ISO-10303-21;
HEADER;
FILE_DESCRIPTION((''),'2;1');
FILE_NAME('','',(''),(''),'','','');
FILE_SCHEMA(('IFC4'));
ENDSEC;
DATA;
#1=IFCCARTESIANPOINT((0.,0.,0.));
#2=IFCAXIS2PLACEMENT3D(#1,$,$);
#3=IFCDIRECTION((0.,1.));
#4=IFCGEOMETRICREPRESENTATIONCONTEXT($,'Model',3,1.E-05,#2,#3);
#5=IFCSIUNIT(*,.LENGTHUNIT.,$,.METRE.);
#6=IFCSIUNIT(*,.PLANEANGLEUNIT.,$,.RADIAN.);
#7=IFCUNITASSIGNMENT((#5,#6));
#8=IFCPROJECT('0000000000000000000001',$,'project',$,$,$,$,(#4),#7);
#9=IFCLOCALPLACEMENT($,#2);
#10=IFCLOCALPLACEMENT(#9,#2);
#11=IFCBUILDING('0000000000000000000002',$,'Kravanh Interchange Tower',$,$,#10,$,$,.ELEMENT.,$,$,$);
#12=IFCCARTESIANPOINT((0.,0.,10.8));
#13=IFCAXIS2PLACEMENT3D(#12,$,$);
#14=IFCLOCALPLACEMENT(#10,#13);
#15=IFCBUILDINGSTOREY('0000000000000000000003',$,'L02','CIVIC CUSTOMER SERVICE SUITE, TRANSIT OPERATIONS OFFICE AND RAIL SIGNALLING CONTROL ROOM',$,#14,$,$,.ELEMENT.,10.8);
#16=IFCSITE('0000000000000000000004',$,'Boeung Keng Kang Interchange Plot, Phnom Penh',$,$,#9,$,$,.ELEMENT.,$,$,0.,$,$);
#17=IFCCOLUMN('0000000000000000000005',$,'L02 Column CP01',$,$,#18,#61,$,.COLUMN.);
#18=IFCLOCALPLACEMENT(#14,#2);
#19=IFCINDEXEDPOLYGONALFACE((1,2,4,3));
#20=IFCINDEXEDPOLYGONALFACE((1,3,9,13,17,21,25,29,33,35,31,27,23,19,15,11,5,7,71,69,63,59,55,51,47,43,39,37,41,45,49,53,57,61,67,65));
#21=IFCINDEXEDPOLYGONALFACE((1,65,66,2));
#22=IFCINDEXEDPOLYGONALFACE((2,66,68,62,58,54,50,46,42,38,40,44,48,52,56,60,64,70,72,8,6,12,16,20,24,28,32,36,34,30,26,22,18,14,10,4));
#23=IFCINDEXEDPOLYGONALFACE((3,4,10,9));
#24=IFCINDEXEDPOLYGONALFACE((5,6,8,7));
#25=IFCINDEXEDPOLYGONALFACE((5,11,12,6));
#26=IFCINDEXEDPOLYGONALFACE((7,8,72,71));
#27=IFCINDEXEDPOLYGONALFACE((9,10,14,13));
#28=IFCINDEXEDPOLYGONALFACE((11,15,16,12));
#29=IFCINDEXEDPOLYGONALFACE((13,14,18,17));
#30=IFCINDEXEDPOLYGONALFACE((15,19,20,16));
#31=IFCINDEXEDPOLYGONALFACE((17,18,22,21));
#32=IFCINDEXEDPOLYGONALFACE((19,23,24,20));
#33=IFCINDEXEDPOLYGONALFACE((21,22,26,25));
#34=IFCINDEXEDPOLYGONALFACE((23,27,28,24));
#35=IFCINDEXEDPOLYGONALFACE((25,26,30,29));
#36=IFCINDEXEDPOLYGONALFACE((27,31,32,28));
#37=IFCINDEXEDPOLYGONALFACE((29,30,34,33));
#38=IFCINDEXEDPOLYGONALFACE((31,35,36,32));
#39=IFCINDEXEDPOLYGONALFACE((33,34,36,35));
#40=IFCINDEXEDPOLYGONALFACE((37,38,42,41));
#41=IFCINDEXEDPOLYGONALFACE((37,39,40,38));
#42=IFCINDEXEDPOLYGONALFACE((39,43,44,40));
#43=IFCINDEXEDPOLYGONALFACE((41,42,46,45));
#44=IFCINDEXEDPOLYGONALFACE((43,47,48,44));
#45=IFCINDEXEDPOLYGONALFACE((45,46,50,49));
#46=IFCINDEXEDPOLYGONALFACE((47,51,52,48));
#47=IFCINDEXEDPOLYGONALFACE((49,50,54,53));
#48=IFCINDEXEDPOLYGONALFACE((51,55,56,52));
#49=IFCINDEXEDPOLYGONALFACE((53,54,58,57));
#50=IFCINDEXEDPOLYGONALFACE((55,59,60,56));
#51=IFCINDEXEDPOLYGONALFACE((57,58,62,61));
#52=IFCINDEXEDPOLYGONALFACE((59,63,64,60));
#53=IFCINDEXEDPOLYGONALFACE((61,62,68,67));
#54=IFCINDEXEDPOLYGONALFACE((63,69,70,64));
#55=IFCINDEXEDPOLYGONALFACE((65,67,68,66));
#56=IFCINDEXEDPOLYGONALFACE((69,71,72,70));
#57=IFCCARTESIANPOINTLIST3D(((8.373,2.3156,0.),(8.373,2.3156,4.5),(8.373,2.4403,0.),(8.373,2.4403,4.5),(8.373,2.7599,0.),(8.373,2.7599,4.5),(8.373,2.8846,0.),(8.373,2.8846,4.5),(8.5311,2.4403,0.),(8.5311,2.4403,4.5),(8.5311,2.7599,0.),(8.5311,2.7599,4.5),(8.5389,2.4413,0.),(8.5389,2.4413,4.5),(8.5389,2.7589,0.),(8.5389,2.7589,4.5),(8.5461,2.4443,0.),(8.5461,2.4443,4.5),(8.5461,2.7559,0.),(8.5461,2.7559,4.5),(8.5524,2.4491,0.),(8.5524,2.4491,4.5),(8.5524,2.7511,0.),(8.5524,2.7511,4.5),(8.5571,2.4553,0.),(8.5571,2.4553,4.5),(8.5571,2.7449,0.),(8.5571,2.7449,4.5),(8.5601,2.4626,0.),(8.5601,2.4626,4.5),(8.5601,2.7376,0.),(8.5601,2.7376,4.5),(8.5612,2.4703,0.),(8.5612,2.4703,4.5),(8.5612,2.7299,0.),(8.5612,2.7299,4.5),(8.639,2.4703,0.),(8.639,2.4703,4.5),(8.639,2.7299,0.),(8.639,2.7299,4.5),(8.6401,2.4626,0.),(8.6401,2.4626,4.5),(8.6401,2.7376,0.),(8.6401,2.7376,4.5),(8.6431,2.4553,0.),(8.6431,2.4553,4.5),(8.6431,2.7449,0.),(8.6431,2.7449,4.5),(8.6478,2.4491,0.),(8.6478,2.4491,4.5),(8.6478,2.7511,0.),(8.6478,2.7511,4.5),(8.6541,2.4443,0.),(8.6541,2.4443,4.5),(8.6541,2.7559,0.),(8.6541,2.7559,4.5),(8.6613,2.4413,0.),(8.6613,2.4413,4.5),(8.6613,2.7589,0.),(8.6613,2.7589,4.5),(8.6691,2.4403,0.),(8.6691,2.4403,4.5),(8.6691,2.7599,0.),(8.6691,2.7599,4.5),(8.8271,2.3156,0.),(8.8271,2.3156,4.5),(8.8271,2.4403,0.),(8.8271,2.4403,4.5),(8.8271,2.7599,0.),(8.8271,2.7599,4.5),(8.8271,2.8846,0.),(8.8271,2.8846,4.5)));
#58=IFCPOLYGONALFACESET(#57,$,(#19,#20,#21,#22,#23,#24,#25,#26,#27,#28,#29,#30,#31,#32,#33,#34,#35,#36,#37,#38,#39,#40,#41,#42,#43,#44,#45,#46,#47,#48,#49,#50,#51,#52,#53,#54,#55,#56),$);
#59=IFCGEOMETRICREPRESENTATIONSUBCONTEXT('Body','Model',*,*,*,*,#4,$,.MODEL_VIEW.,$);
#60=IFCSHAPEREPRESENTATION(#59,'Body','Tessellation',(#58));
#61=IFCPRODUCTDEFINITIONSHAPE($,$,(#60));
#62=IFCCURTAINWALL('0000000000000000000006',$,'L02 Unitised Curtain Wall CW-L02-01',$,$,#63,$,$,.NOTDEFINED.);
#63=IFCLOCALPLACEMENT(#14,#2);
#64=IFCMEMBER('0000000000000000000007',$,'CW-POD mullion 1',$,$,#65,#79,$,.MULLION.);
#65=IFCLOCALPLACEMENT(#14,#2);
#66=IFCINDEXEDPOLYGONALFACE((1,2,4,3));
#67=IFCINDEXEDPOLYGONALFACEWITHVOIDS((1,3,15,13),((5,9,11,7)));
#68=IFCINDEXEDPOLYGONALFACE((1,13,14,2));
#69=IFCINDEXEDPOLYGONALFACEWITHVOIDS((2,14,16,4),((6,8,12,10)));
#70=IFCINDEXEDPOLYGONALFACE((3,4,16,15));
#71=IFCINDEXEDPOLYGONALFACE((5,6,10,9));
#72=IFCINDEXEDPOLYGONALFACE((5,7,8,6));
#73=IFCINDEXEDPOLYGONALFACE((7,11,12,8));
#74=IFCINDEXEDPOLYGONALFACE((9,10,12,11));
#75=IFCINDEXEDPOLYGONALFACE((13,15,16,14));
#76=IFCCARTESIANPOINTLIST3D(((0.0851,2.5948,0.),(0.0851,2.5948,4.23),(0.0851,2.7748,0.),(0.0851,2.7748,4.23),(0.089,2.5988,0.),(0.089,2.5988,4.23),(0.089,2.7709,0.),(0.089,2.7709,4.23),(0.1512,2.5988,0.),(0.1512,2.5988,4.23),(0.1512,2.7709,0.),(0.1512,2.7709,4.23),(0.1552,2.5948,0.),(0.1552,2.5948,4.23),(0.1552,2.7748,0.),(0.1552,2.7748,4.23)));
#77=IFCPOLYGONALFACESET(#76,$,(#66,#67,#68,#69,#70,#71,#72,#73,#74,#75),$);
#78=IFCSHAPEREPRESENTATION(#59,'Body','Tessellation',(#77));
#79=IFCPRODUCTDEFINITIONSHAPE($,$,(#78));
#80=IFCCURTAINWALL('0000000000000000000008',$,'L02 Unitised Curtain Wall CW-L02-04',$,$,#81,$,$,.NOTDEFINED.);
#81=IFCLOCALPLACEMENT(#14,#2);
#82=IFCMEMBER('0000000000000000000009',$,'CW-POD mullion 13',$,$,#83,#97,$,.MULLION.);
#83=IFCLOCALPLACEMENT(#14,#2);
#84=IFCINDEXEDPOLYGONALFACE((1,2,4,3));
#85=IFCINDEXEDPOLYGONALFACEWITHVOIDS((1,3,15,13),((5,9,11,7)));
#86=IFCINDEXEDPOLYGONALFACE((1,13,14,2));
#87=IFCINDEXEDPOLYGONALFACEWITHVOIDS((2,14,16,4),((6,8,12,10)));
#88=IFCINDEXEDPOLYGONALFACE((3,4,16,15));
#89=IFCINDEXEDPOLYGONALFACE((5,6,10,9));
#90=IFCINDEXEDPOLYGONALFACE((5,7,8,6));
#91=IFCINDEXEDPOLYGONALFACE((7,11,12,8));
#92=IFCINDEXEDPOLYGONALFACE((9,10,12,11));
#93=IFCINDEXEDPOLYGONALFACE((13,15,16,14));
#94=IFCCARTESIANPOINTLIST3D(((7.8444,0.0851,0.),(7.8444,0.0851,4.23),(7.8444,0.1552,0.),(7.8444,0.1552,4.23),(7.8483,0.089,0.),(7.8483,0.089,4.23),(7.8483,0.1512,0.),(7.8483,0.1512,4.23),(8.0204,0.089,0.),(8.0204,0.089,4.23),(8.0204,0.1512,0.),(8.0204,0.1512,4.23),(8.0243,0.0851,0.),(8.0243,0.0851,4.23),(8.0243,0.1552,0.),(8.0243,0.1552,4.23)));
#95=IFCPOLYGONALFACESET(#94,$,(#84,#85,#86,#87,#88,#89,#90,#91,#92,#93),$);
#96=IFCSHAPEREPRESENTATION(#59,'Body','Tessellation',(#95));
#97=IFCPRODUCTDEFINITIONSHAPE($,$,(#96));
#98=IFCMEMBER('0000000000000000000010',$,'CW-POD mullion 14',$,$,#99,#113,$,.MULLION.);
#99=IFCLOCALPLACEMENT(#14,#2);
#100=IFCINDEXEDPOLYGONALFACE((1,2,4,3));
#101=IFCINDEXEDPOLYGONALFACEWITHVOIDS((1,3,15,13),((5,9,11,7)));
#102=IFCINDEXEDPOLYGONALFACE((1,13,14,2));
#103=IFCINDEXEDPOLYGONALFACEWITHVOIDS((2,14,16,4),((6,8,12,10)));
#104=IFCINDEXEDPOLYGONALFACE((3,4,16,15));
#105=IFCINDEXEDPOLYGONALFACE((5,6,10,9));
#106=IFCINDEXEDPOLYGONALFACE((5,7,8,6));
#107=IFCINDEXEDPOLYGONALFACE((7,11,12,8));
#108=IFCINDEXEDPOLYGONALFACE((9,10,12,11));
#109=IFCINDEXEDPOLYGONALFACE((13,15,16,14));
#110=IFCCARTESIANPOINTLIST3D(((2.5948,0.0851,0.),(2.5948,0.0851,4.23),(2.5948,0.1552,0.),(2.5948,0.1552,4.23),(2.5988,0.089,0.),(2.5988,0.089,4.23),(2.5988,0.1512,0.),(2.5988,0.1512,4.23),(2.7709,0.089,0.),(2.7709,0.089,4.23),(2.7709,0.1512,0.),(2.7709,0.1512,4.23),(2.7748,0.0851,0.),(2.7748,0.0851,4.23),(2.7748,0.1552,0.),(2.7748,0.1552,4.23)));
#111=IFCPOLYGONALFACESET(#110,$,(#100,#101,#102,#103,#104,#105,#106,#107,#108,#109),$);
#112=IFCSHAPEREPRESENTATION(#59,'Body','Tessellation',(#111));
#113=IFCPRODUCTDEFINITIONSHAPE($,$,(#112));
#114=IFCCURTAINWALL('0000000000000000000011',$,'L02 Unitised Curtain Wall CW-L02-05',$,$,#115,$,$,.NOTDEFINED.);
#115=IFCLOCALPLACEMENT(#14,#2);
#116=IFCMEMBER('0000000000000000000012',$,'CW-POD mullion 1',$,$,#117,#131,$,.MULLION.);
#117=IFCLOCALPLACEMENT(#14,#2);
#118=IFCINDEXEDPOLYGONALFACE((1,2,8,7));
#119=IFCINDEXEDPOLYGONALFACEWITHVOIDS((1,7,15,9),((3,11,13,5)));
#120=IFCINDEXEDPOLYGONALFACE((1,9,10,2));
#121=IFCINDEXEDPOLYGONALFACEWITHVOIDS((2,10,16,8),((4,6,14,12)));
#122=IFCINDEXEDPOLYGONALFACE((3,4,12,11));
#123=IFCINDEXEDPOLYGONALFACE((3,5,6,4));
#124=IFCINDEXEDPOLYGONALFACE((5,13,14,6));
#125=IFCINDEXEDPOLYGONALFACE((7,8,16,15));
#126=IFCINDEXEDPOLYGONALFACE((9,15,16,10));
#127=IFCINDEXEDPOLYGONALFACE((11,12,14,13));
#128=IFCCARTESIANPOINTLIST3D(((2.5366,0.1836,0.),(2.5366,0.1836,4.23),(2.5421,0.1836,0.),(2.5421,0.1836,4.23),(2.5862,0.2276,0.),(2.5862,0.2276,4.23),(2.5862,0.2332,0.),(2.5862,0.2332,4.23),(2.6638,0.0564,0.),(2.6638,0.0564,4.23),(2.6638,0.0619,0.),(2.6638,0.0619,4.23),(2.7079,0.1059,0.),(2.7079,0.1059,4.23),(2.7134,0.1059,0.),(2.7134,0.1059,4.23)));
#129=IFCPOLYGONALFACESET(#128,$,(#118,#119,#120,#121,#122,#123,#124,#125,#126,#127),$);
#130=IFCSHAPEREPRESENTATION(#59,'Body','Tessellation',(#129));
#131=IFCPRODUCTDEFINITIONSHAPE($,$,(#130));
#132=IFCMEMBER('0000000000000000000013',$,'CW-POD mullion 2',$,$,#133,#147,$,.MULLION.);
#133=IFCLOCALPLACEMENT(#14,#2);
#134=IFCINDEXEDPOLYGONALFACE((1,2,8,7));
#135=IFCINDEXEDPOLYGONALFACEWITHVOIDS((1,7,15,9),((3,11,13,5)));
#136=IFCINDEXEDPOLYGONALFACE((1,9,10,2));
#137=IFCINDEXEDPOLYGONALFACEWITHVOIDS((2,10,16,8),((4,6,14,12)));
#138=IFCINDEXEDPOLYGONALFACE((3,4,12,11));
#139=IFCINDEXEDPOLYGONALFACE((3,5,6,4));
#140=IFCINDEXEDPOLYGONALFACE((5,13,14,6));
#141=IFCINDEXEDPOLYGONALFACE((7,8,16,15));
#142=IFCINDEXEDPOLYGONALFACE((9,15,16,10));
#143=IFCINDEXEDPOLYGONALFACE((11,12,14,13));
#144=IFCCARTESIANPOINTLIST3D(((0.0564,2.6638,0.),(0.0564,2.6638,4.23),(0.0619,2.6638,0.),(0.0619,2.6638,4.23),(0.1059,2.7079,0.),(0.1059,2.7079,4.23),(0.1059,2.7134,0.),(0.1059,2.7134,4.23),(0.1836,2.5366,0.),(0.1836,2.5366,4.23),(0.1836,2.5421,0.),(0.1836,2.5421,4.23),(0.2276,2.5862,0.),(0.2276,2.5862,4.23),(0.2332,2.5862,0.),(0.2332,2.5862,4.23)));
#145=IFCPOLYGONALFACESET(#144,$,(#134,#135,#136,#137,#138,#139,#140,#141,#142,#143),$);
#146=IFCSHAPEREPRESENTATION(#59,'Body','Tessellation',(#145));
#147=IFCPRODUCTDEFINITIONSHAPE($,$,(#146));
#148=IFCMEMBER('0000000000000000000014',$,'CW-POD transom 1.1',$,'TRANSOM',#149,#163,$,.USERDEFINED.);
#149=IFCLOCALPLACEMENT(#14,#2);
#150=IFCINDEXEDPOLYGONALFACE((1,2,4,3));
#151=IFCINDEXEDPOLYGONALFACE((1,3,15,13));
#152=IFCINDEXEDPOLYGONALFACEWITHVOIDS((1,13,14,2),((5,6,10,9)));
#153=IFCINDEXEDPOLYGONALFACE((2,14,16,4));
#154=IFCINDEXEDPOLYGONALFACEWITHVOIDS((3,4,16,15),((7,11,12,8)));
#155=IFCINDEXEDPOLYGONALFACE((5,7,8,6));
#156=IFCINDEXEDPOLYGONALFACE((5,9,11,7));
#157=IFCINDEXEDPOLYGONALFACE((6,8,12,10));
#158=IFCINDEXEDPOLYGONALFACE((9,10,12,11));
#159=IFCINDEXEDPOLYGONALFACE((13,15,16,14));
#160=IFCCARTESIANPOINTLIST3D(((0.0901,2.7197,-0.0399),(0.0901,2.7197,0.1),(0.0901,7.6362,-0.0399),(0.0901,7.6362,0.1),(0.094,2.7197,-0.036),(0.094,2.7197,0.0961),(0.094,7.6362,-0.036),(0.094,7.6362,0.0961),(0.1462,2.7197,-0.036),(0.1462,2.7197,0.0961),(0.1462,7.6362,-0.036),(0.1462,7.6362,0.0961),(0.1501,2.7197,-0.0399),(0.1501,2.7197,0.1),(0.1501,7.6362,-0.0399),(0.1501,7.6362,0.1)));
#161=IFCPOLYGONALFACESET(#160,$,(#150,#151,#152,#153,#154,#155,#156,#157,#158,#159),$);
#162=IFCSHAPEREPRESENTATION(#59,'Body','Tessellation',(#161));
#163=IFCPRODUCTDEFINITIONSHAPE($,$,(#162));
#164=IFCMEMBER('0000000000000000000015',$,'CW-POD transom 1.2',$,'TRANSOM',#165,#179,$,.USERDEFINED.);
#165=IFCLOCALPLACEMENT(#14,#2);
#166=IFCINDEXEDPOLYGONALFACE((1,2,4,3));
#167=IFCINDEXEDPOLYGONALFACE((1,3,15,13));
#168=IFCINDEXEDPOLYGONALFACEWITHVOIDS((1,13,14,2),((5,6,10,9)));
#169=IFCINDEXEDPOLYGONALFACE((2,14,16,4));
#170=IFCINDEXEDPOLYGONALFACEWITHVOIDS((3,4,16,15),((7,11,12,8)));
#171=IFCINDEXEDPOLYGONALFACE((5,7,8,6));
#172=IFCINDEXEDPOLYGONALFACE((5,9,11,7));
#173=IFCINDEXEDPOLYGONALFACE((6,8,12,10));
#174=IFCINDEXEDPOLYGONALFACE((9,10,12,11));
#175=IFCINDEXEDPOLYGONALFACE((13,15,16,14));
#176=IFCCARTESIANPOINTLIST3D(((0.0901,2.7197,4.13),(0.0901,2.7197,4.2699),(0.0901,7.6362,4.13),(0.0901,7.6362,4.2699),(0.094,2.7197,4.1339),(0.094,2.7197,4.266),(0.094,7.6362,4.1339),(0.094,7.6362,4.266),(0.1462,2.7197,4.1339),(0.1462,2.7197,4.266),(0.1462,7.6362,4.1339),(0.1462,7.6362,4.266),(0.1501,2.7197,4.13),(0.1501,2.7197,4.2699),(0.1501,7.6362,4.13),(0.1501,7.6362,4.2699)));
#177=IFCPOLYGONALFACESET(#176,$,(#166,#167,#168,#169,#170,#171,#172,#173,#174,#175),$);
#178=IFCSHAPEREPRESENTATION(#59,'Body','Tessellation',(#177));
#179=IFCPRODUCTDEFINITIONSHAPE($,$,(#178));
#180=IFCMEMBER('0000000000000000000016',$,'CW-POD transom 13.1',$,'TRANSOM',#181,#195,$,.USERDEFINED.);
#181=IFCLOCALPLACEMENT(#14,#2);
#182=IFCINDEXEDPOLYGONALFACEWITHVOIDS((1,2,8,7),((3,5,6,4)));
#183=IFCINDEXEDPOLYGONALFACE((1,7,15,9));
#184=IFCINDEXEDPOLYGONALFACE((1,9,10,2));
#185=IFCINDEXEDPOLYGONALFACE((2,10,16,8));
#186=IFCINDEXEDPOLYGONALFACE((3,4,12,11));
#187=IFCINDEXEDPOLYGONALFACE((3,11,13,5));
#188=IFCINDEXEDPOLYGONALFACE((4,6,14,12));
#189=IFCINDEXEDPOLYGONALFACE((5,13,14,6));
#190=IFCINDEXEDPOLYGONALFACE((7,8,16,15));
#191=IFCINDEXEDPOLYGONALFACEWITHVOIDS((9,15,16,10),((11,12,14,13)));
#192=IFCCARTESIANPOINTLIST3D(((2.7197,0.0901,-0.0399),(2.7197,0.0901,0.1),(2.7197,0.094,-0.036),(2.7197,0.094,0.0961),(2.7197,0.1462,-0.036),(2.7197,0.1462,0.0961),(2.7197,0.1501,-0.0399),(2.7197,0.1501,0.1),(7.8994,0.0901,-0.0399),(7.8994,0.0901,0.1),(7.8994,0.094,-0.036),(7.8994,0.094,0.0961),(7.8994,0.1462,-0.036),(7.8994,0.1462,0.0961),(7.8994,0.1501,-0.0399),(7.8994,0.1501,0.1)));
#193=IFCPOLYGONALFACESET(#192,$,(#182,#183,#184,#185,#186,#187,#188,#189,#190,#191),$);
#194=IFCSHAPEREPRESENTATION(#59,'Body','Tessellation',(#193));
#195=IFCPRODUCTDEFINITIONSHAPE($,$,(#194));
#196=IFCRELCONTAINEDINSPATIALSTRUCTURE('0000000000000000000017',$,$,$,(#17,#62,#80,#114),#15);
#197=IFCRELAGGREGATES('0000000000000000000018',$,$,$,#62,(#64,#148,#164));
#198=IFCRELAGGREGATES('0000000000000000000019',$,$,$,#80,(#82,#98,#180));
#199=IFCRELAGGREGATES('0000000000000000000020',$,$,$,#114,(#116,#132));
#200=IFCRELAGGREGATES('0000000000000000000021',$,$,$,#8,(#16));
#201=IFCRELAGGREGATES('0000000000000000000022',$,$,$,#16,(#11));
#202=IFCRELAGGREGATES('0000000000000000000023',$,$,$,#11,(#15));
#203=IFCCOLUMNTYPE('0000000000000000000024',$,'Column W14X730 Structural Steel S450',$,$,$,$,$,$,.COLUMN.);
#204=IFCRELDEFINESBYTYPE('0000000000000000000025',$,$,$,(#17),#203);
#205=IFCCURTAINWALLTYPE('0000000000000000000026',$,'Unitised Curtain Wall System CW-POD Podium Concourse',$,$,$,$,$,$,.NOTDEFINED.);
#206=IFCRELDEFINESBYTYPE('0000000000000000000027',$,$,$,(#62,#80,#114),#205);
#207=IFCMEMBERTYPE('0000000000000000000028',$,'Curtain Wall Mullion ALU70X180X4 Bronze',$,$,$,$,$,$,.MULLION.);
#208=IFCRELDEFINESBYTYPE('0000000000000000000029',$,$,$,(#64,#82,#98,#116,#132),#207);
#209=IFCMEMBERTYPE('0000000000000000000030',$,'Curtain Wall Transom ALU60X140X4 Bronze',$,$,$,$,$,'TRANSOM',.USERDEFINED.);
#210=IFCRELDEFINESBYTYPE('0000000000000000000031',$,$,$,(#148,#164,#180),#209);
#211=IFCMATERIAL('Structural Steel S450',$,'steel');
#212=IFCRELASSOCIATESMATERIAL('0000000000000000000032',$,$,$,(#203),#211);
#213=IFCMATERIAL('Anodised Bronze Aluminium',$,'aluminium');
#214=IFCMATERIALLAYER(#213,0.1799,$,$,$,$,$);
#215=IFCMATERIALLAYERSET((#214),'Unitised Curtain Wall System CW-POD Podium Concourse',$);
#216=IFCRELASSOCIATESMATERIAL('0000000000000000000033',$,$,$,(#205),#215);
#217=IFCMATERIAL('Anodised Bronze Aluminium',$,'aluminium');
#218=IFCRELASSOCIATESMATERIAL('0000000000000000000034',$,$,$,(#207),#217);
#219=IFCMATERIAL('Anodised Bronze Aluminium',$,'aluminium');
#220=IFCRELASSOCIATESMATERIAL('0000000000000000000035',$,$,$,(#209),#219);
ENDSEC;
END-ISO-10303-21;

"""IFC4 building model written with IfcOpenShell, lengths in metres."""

from ifc_helpers import new_model, si_unit, direction, frame, origin, origin_2d, place, context, subcontext, project, spatial, hollow_rectangle, i_section, extrude, material, layer, layer_set, material_profile, profile_set, type_object, element, aggregate, save


model = new_model("IFC4")

# Units and contexts
model_context = context("Model", 3, precision=1e-05, world=origin(), true_north=direction((0.0, 1.0)))
body_context = subcontext(model_context, "Body", "Model", "MODEL_VIEW")
ifc_project = project(units=[si_unit("LENGTHUNIT", "METRE"), si_unit("PLANEANGLEUNIT", "RADIAN")], contexts=[model_context])

# Site, building, storey
site_placement = place(None, origin())
site = spatial("IfcSite", under=ifc_project, at=site_placement, Name="Boeung Keng Kang Interchange Plot, Phnom Penh", CompositionType="ELEMENT", RefElevation=0.0)
building_placement = place(site_placement, origin())
building = spatial("IfcBuilding", under=site, at=building_placement, Name="Kravanh Interchange Tower", CompositionType="ELEMENT")
storey_placement = place(building_placement, frame((0.0, 0.0, 10.8)))
storey = spatial("IfcBuildingStorey", under=building, at=storey_placement, Name="L02", Description="CIVIC CUSTOMER SERVICE SUITE, TRANSIT OPERATIONS OFFICE AND RAIL SIGNALLING CONTROL ROOM", CompositionType="ELEMENT", Elevation=10.8)

# Column
ifc_material_1 = material(Name="Structural Steel S450", Category="steel")
ifc_material_profile_1 = material_profile(ifc_material_1, i_section(OverallWidth=0.4541, OverallDepth=0.5691, WebThickness=0.0779, FlangeThickness=0.1248, FilletRadius=0.03, at=origin_2d()), Name="W14X730")
ifc_profile_set_1 = profile_set([ifc_material_profile_1], Name="Structural Steel S450")
column_type = type_object("IfcColumnType", Name="Column W14X730 Structural Steel S450", PredefinedType="COLUMN", material=ifc_profile_set_1)
column_placement = place(storey_placement, frame((8.6001, 2.6001, 0.0), z_axis=(0.0, 0.0, 1.0), x_axis=(1.0, 0.0, 0.0)))
element("IfcColumn", 1, at=column_placement, inside=storey, type_object=column_type, Name="L02 Column CP01", PredefinedType="COLUMN", context=body_context, shape_type="SweptSolid", body=[
    extrude(i_section(OverallWidth=0.4541, OverallDepth=0.5691, WebThickness=0.0779, FlangeThickness=0.1248, FilletRadius=0.03, at=origin_2d()), origin(), (0.0, 0.0, 1.0), 4.5),
])

# Curtain wall, member
ifc_material_2 = material(Name="Anodised Bronze Aluminium", Category="aluminium")
ifc_layer_1 = layer(ifc_material_2, 0.1799)
ifc_layer_set_1 = layer_set([ifc_layer_1], Name="Unitised Curtain Wall System CW-POD Podium Concourse")
curtain_wall_type = type_object("IfcCurtainWallType", Name="Unitised Curtain Wall System CW-POD Podium Concourse", PredefinedType="NOTDEFINED", material=ifc_layer_set_1)
curtain_wall_1_placement = place(storey_placement, origin())
curtain_wall_1 = element("IfcCurtainWall", 2, at=curtain_wall_1_placement, inside=storey, type_object=curtain_wall_type, Name="L02 Unitised Curtain Wall CW-L02-01", PredefinedType="NOTDEFINED")
ifc_material_3 = material(Name="Anodised Bronze Aluminium", Category="aluminium")
ifc_material_profile_2 = material_profile(ifc_material_3, hollow_rectangle(XDim=0.0701, YDim=0.1799, WallThickness=0.0039, at=origin_2d()), Name="ALU70X180X4")
ifc_profile_set_2 = profile_set([ifc_material_profile_2], Name="Anodised Bronze Aluminium")
member_type_1 = type_object("IfcMemberType", Name="Curtain Wall Mullion ALU70X180X4 Bronze", PredefinedType="MULLION", material=ifc_profile_set_2)
member_1_placement = place(storey_placement, frame((0.1201, 2.6848, 0.0), z_axis=(0.0, 0.0, 1.0), x_axis=(-1.0, 0.0, 0.0)))
member_1 = element("IfcMember", 3, at=member_1_placement, type_object=member_type_1, Name="CW-POD mullion 1", PredefinedType="MULLION", context=body_context, shape_type="SweptSolid", body=[
    extrude(hollow_rectangle(XDim=0.0701, YDim=0.1799, WallThickness=0.0039, at=origin_2d()), origin(), (0.0, 0.0, 1.0), 4.23),
])

# Curtain walls, members
curtain_wall_2_placement = place(storey_placement, origin())
curtain_wall_2 = element("IfcCurtainWall", 4, at=curtain_wall_2_placement, inside=storey, type_object=curtain_wall_type, Name="L02 Unitised Curtain Wall CW-L02-04", PredefinedType="NOTDEFINED")
member_2_placement = place(storey_placement, frame((7.9343, 0.1201, 0.0), z_axis=(0.0, 0.0, 1.0), x_axis=(0.0, -1.0, 0.0)))
member_2 = element("IfcMember", 5, at=member_2_placement, type_object=member_type_1, Name="CW-POD mullion 13", PredefinedType="MULLION", context=body_context, shape_type="SweptSolid", body=[
    extrude(hollow_rectangle(XDim=0.0701, YDim=0.1799, WallThickness=0.0039, at=origin_2d()), origin(), (0.0, 0.0, 1.0), 4.23),
])
member_3_placement = place(storey_placement, frame((2.6848, 0.1201, 0.0), z_axis=(0.0, 0.0, 1.0), x_axis=(0.0, -1.0, 0.0)))
member_3 = element("IfcMember", 6, at=member_3_placement, type_object=member_type_1, Name="CW-POD mullion 14", PredefinedType="MULLION", context=body_context, shape_type="SweptSolid", body=[
    extrude(hollow_rectangle(XDim=0.0701, YDim=0.1799, WallThickness=0.0039, at=origin_2d()), origin(), (0.0, 0.0, 1.0), 4.23),
])
curtain_wall_3_placement = place(storey_placement, origin())
curtain_wall_3 = element("IfcCurtainWall", 7, at=curtain_wall_3_placement, inside=storey, type_object=curtain_wall_type, Name="L02 Unitised Curtain Wall CW-L02-05", PredefinedType="NOTDEFINED")
member_4_placement = place(storey_placement, frame((2.625, 0.1448, 0.0), z_axis=(0.0, 0.0, 1.0), x_axis=(-0.707107, -0.707107, 0.0)))
member_4 = element("IfcMember", 8, at=member_4_placement, type_object=member_type_1, Name="CW-POD mullion 1", PredefinedType="MULLION", context=body_context, shape_type="SweptSolid", body=[
    extrude(hollow_rectangle(XDim=0.0701, YDim=0.1799, WallThickness=0.0039, at=origin_2d()), origin(), (0.0, 0.0, 1.0), 4.23),
])
member_5_placement = place(storey_placement, frame((0.1448, 2.625, 0.0), z_axis=(0.0, 0.0, 1.0), x_axis=(-0.707107, -0.707107, 0.0)))
member_5 = element("IfcMember", 9, at=member_5_placement, type_object=member_type_1, Name="CW-POD mullion 2", PredefinedType="MULLION", context=body_context, shape_type="SweptSolid", body=[
    extrude(hollow_rectangle(XDim=0.0701, YDim=0.1799, WallThickness=0.0039, at=origin_2d()), origin(), (0.0, 0.0, 1.0), 4.23),
])

# Members
ifc_material_4 = material(Name="Anodised Bronze Aluminium", Category="aluminium")
ifc_material_profile_3 = material_profile(ifc_material_4, hollow_rectangle(XDim=0.0601, YDim=0.1399, WallThickness=0.0039, at=origin_2d()), Name="ALU60X140X4")
ifc_profile_set_3 = profile_set([ifc_material_profile_3], Name="Anodised Bronze Aluminium")
member_type_2 = type_object("IfcMemberType", Name="Curtain Wall Transom ALU60X140X4 Bronze", ElementType="TRANSOM", PredefinedType="USERDEFINED", material=ifc_profile_set_3)
member_6_placement = place(storey_placement, frame((0.1201, 2.7197, 0.03), z_axis=(0.0, 1.0, 0.0), x_axis=(-1.0, 0.0, 0.0)))
member_6 = element("IfcMember", 10, at=member_6_placement, type_object=member_type_2, Name="CW-POD transom 1.1", ObjectType="TRANSOM", PredefinedType="USERDEFINED", context=body_context, shape_type="SweptSolid", body=[
    extrude(hollow_rectangle(XDim=0.0601, YDim=0.1399, WallThickness=0.0039, at=origin_2d()), origin(), (0.0, 0.0, 1.0), 4.9165),
])
member_7_placement = place(storey_placement, frame((0.1201, 2.7197, 4.2), z_axis=(0.0, 1.0, 0.0), x_axis=(-1.0, 0.0, 0.0)))
member_7 = element("IfcMember", 11, at=member_7_placement, type_object=member_type_2, Name="CW-POD transom 1.2", ObjectType="TRANSOM", PredefinedType="USERDEFINED", context=body_context, shape_type="SweptSolid", body=[
    extrude(hollow_rectangle(XDim=0.0601, YDim=0.1399, WallThickness=0.0039, at=origin_2d()), origin(), (0.0, 0.0, 1.0), 4.9165),
])
aggregate(curtain_wall_1, [member_1, member_6, member_7])
member_8_placement = place(storey_placement, frame((7.8994, 0.1201, 0.03), z_axis=(-1.0, 0.0, 0.0), x_axis=(0.0, -1.0, 0.0)))
member_8 = element("IfcMember", 12, at=member_8_placement, type_object=member_type_2, Name="CW-POD transom 13.1", ObjectType="TRANSOM", PredefinedType="USERDEFINED", context=body_context, shape_type="SweptSolid", body=[
    extrude(hollow_rectangle(XDim=0.0601, YDim=0.1399, WallThickness=0.0039, at=origin_2d()), origin(), (0.0, 0.0, 1.0), 5.1797),
])

aggregate(curtain_wall_2, [member_2, member_3, member_8])
aggregate(curtain_wall_3, [member_4, member_5])

save(model, "model.ifc")
